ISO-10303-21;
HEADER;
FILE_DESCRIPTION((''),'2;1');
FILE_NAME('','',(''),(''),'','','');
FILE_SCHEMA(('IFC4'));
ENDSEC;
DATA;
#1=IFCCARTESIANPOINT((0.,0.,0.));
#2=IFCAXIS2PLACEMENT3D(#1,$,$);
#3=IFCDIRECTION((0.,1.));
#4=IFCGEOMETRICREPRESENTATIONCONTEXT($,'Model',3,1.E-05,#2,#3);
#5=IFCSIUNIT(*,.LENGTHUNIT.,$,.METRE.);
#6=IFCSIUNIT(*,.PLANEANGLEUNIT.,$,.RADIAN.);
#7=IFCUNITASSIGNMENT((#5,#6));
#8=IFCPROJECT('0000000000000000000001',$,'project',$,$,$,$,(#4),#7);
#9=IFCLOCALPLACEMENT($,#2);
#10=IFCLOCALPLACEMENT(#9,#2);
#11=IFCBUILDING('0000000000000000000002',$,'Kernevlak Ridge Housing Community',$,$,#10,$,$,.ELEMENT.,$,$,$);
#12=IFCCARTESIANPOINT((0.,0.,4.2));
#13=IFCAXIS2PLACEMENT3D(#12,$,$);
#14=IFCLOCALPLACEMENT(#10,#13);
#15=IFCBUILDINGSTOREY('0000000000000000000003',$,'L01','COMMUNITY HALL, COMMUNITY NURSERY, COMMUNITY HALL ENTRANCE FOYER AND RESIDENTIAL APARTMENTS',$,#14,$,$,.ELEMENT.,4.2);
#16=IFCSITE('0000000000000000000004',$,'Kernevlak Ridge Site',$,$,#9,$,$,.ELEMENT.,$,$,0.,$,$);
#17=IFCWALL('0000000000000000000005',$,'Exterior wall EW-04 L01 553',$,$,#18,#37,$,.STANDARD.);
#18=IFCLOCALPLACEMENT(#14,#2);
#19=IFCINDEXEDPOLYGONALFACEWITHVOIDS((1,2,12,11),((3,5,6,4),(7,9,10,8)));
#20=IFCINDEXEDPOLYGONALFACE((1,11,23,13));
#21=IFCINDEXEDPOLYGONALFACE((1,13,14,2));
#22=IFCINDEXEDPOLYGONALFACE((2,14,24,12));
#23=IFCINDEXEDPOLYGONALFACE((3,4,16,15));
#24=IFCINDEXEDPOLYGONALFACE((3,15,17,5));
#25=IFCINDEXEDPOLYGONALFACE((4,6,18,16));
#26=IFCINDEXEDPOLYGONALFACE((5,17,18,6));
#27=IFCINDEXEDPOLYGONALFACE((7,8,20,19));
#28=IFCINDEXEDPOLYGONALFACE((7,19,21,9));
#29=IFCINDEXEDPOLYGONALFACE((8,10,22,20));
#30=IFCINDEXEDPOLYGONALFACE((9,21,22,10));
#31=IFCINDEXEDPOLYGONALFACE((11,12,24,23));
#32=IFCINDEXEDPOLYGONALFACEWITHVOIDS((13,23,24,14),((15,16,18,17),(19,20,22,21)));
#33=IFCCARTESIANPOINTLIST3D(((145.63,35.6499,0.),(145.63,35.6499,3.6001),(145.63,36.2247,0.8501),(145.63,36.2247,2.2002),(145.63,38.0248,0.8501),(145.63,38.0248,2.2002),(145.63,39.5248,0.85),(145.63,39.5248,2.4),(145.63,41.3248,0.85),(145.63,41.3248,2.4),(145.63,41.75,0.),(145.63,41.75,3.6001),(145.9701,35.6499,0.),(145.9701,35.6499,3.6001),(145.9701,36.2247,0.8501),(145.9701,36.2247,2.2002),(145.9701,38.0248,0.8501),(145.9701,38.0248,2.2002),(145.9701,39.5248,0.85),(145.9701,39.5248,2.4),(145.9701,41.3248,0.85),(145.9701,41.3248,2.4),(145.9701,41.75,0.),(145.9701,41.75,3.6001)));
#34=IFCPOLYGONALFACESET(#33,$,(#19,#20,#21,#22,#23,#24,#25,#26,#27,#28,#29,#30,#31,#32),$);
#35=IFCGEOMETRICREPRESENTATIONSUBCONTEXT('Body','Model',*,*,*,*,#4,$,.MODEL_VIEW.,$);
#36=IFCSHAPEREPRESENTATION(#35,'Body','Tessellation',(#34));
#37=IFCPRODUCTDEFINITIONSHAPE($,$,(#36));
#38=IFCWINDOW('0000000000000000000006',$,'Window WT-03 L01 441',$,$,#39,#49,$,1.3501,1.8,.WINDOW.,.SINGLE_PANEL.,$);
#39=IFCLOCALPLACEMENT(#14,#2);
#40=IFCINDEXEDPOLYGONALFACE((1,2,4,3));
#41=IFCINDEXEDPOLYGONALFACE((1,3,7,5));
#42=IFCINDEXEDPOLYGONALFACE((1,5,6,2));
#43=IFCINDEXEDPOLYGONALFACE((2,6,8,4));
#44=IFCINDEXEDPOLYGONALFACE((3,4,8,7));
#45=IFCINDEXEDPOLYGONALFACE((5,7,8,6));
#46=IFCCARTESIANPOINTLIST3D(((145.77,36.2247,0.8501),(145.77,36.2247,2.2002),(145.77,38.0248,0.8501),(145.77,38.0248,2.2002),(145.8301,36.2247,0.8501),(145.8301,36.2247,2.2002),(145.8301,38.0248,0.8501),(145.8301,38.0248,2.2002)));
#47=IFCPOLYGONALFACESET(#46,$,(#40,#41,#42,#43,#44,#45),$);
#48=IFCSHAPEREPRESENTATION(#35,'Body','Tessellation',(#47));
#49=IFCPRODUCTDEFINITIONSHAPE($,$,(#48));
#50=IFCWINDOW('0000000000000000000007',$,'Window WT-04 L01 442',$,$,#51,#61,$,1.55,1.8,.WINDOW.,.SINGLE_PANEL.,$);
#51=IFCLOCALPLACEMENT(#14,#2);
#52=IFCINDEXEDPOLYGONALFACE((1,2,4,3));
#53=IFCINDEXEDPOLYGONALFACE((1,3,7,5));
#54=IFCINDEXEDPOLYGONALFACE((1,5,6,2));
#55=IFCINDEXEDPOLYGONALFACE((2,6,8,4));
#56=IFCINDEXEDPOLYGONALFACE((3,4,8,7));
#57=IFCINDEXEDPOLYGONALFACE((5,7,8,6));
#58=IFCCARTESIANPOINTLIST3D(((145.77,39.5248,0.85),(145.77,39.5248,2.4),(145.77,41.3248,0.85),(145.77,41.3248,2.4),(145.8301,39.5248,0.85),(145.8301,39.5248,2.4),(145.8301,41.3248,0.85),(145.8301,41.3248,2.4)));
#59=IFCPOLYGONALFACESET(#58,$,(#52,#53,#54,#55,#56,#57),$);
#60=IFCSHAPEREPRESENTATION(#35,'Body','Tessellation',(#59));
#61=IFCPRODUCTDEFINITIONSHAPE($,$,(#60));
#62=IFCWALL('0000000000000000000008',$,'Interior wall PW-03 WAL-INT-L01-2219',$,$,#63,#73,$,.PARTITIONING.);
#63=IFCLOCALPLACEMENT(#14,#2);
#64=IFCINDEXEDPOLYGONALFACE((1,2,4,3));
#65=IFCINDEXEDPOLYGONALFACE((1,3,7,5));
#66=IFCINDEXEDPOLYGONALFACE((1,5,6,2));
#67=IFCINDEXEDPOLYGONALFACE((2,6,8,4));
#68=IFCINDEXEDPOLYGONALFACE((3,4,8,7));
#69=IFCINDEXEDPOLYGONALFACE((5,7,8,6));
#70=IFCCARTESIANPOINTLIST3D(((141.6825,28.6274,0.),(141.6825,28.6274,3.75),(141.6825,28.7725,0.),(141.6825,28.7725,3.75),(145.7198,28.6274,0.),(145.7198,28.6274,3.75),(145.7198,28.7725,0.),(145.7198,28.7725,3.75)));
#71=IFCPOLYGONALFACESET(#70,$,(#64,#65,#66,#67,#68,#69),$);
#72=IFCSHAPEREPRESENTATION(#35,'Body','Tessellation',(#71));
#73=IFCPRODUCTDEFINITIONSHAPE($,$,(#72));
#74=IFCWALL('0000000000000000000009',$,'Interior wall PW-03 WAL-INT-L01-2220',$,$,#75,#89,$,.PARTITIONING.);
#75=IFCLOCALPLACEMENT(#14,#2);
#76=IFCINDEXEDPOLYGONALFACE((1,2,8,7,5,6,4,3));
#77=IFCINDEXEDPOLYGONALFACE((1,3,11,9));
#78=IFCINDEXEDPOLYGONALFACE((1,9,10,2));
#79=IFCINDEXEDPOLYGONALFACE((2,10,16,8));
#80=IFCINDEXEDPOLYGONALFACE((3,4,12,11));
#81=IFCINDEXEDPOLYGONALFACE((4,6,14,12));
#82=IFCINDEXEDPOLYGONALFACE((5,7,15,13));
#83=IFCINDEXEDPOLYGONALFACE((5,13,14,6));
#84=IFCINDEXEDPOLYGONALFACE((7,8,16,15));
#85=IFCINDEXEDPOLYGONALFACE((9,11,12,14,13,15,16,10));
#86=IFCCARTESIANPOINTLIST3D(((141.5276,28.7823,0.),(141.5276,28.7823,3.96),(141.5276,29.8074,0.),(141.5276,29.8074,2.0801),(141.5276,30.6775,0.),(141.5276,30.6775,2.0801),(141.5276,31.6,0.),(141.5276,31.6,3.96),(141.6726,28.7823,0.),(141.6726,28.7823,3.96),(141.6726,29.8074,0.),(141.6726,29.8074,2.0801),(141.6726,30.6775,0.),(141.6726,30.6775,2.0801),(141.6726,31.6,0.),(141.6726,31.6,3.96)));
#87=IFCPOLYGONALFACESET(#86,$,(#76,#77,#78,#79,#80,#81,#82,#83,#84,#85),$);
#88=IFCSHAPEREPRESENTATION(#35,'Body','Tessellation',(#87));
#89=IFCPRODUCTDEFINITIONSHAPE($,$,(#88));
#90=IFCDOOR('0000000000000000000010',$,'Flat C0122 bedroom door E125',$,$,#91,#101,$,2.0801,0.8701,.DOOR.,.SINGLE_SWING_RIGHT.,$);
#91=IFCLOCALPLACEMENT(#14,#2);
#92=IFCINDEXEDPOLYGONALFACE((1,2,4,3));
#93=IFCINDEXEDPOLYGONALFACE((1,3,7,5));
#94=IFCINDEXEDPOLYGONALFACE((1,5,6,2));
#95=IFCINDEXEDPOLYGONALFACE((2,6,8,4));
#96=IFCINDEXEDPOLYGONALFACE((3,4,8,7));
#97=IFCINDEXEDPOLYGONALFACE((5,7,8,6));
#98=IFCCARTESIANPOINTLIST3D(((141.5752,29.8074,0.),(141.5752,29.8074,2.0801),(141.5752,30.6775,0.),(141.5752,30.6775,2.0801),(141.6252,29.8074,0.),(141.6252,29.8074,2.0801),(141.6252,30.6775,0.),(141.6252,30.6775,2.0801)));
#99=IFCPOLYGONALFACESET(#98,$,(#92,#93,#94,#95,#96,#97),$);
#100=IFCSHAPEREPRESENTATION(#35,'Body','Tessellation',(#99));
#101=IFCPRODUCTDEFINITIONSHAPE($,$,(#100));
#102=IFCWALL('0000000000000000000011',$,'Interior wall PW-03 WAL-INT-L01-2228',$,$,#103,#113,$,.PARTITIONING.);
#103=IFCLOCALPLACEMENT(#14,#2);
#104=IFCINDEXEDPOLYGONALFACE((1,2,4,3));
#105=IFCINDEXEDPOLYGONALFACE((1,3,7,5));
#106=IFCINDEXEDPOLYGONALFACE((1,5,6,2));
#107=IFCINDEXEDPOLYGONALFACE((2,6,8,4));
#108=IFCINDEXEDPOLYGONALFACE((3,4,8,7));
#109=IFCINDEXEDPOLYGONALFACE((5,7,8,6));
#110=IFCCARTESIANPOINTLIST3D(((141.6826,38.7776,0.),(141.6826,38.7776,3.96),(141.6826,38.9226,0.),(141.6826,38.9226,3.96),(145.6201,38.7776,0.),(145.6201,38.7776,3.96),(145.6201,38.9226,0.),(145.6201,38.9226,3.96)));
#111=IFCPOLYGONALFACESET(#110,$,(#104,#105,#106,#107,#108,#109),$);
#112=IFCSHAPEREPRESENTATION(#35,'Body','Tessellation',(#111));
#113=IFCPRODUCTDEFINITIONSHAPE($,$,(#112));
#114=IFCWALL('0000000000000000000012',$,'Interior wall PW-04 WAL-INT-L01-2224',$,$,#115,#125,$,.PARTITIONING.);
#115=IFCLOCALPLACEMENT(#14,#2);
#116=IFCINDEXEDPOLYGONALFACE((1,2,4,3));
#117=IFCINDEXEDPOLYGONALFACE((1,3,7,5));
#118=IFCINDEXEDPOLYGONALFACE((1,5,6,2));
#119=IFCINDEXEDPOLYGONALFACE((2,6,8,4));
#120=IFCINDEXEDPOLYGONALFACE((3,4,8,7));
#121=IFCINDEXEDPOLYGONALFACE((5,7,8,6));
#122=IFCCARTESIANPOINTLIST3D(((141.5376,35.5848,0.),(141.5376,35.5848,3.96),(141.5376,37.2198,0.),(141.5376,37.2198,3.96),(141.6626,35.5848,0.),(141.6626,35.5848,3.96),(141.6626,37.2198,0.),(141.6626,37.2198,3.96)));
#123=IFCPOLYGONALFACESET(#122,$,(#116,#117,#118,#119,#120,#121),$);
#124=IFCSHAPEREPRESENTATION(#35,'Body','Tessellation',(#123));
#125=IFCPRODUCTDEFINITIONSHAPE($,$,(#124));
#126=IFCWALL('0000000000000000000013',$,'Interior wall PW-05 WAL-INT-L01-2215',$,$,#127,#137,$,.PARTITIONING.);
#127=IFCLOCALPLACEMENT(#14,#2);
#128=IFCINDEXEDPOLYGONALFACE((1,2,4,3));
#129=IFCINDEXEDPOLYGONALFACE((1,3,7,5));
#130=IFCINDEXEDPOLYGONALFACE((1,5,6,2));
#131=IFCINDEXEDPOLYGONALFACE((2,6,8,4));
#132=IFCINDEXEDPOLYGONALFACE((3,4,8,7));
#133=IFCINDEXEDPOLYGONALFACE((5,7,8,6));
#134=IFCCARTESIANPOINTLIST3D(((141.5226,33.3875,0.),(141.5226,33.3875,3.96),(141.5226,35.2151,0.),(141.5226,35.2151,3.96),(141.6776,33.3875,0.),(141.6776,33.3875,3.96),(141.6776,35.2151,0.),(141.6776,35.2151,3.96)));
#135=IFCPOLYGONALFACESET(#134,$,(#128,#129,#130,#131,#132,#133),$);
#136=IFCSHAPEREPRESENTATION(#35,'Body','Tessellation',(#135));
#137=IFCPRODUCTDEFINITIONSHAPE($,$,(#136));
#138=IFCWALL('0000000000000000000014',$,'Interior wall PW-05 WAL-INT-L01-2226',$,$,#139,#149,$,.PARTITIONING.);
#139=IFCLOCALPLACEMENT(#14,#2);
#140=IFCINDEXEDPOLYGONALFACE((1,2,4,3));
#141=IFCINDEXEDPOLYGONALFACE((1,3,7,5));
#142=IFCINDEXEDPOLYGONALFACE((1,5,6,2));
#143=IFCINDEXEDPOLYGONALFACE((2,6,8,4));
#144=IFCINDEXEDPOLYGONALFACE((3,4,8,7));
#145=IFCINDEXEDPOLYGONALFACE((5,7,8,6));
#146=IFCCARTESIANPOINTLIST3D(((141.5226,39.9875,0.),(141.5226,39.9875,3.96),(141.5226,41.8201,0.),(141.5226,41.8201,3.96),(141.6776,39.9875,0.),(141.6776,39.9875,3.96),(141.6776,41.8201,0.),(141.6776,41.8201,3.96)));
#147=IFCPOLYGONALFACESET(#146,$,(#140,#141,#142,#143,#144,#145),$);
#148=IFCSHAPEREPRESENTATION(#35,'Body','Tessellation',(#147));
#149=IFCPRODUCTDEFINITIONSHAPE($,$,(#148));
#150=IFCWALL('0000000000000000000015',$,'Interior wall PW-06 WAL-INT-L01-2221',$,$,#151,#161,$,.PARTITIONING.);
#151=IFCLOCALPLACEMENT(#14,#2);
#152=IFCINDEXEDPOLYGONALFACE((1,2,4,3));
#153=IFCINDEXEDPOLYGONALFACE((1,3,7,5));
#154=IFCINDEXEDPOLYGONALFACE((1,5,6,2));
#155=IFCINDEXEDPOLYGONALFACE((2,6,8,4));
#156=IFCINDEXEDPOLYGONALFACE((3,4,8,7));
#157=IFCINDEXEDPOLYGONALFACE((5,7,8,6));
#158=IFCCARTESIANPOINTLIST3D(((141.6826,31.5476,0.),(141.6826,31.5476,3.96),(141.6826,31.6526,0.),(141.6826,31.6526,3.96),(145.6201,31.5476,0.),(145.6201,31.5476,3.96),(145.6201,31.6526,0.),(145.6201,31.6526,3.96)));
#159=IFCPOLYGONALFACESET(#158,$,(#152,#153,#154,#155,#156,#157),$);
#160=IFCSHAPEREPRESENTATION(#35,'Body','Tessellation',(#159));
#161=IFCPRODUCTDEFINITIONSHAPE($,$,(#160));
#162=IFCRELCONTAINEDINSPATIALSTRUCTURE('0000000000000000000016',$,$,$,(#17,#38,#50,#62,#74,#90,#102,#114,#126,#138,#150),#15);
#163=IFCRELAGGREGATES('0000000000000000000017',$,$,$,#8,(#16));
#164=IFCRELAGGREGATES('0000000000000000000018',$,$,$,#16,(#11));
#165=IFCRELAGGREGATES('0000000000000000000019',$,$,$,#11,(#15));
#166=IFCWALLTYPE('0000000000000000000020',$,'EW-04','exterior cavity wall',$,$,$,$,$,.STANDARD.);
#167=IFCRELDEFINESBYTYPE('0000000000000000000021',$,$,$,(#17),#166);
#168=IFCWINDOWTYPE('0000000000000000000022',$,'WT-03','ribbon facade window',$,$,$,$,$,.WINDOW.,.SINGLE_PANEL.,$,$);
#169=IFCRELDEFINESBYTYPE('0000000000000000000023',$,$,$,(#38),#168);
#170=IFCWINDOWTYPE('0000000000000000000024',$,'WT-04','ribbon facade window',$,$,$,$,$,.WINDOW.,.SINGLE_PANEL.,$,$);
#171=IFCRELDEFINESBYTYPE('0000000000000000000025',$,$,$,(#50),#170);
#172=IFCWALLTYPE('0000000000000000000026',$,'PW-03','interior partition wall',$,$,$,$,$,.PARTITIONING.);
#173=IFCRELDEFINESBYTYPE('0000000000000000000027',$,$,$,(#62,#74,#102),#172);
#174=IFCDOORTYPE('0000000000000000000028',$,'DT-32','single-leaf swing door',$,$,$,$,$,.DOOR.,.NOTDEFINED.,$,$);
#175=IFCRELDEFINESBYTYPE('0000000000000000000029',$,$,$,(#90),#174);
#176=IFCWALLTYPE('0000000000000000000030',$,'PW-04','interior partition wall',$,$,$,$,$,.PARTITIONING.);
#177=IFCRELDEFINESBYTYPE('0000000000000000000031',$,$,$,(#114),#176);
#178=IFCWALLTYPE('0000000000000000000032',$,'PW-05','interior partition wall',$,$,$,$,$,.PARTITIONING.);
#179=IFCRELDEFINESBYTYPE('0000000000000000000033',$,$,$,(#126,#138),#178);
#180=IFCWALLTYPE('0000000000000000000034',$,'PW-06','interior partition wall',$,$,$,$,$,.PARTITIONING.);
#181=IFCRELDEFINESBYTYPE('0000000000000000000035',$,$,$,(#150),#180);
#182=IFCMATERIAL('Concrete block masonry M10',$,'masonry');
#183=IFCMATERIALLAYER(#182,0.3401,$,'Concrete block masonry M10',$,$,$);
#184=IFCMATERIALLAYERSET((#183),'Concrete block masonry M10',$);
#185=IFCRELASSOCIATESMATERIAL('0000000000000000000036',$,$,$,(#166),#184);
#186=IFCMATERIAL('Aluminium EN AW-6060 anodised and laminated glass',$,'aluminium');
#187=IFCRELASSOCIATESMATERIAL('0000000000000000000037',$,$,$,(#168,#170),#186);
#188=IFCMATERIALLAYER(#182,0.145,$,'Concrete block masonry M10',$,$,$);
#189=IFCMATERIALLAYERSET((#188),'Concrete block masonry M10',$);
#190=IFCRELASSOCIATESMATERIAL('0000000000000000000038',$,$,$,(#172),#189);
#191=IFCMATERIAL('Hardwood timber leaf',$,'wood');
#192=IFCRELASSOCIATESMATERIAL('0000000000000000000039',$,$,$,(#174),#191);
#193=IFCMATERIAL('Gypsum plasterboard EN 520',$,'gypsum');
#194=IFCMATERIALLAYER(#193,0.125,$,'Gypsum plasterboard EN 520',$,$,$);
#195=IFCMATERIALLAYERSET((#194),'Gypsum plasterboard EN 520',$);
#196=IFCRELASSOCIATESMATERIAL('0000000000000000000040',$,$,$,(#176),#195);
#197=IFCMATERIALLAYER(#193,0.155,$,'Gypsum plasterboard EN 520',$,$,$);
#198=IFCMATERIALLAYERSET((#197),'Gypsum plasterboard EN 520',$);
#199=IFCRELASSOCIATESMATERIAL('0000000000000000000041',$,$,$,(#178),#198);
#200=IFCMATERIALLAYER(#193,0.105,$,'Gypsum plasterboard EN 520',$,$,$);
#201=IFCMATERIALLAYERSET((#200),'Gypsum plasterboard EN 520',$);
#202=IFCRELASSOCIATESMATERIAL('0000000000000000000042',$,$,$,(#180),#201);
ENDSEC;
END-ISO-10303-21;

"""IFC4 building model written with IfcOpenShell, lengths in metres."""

from ifc_helpers import new_model, si_unit, direction, frame, frame_2d, origin, place, context, subcontext, project, spatial, rectangle, extrude, material, layer, layer_set, type_object, element, fill, save


model = new_model("IFC4")

# Units and contexts
model_context = context("Model", 3, precision=1e-05, world=origin(), true_north=direction((0.0, 1.0)))
body_context = subcontext(model_context, "Body", "Model", "MODEL_VIEW")
ifc_project = project(units=[si_unit("LENGTHUNIT", "METRE"), si_unit("PLANEANGLEUNIT", "RADIAN")], contexts=[model_context])

# Site, building, storey
site_placement = place(None, origin())
site = spatial("IfcSite", under=ifc_project, at=site_placement, Name="Kernevlak Ridge Site", CompositionType="ELEMENT", RefElevation=0.0)
building_placement = place(site_placement, origin())
building = spatial("IfcBuilding", under=site, at=building_placement, Name="Kernevlak Ridge Housing Community", CompositionType="ELEMENT")
storey_placement = place(building_placement, frame((0.0, 0.0, 4.2)))
storey = spatial("IfcBuildingStorey", under=building, at=storey_placement, Name="L01", Description="COMMUNITY HALL, COMMUNITY NURSERY, COMMUNITY HALL ENTRANCE FOYER AND RESIDENTIAL APARTMENTS", CompositionType="ELEMENT", Elevation=4.2)

# Wall, openings, windows
ifc_material_1 = material(Name="Concrete block masonry M10", Category="masonry")
ifc_layer_1 = layer(ifc_material_1, 0.3401, Name="Concrete block masonry M10")
ifc_layer_set_1 = layer_set([ifc_layer_1], Name="Concrete block masonry M10")
wall_type_1 = type_object("IfcWallType", Name="EW-04", Description="exterior cavity wall", PredefinedType="STANDARD", material=ifc_layer_set_1)
ifc_material_2 = material(Name="Aluminium EN AW-6060 anodised and laminated glass", Category="aluminium")
wall_1_placement = place(storey_placement, frame((145.8, 35.6499, 0.0), z_axis=(0.0, 0.0, 1.0), x_axis=(0.0, 1.0, 0.0)))
wall_1 = element("IfcWall", 1, at=wall_1_placement, inside=storey, type_object=wall_type_1, Name="Exterior wall EW-04 L01 553", PredefinedType="STANDARD", context=body_context, shape_type="SweptSolid", body=[
    extrude(rectangle(XDim=6.1001, YDim=0.3401, at=frame_2d((3.05, 0.0))), origin(), (0.0, 0.0, 1.0), 3.6001),
])
opening_1_placement = place(wall_1_placement, frame((0.575, 0.0, 0.8501)))
opening_1 = element("IfcOpeningElement", 2, at=opening_1_placement, cuts=wall_1, PredefinedType="OPENING", context=body_context, shape_type="SweptSolid", body=[
    extrude(rectangle(XDim=1.8, YDim=1.3501, at=frame_2d((0.8999, 0.675))), frame((0.0, 0.1799, 0.0), z_axis=(0.0, -1.0, 0.0), x_axis=(1.0, 0.0, 0.0)), (0.0, 0.0, 1.0), 0.3601),
])
opening_2_placement = place(wall_1_placement, frame((3.875, 0.0, 0.8501)))
opening_2 = element("IfcOpeningElement", 3, at=opening_2_placement, cuts=wall_1, PredefinedType="OPENING", context=body_context, shape_type="SweptSolid", body=[
    extrude(rectangle(XDim=1.8, YDim=1.55, at=frame_2d((0.8999, 0.7749))), frame((0.0, 0.1799, 0.0), z_axis=(0.0, -1.0, 0.0), x_axis=(1.0, 0.0, 0.0)), (0.0, 0.0, 1.0), 0.3601),
])
window_type_1 = type_object("IfcWindowType", Name="WT-03", Description="ribbon facade window", PartitioningType="SINGLE_PANEL", PredefinedType="WINDOW", material=ifc_material_2)
window_1_placement = place(opening_1_placement, origin())
window_1 = element("IfcWindow", 4, at=window_1_placement, inside=storey, type_object=window_type_1, Name="Window WT-03 L01 441", OverallHeight=1.3501, OverallWidth=1.8, PartitioningType="SINGLE_PANEL", PredefinedType="WINDOW", context=body_context, shape_type="SweptSolid", body=[
    extrude(rectangle(XDim=1.8, YDim=1.3501, at=frame_2d((0.8999, 0.675))), frame((0.0, 0.03, 0.0), z_axis=(0.0, -1.0, 0.0), x_axis=(1.0, 0.0, 0.0)), (0.0, 0.0, 1.0), 0.0601),
])
fill(opening_1, window_1)
window_type_2 = type_object("IfcWindowType", Name="WT-04", Description="ribbon facade window", PartitioningType="SINGLE_PANEL", PredefinedType="WINDOW", material=ifc_material_2)
window_2_placement = place(opening_2_placement, origin())
window_2 = element("IfcWindow", 5, at=window_2_placement, inside=storey, type_object=window_type_2, Name="Window WT-04 L01 442", OverallHeight=1.55, OverallWidth=1.8, PartitioningType="SINGLE_PANEL", PredefinedType="WINDOW", context=body_context, shape_type="SweptSolid", body=[
    extrude(rectangle(XDim=1.8, YDim=1.55, at=frame_2d((0.8999, 0.7749))), frame((0.0, 0.03, 0.0), z_axis=(0.0, -1.0, 0.0), x_axis=(1.0, 0.0, 0.0)), (0.0, 0.0, 1.0), 0.0601),
])
fill(opening_2, window_2)

# Wall
ifc_layer_2 = layer(ifc_material_1, 0.145, Name="Concrete block masonry M10")
ifc_layer_set_2 = layer_set([ifc_layer_2], Name="Concrete block masonry M10")
wall_type_2 = type_object("IfcWallType", Name="PW-03", Description="interior partition wall", PredefinedType="PARTITIONING", material=ifc_layer_set_2)
wall_2_placement = place(storey_placement, frame((141.6826, 28.7, 0.0), z_axis=(0.0, 0.0, 1.0), x_axis=(1.0, 0.0, 0.0)))
element("IfcWall", 6, at=wall_2_placement, inside=storey, type_object=wall_type_2, Name="Interior wall PW-03 WAL-INT-L01-2219", PredefinedType="PARTITIONING", context=body_context, shape_type="SweptSolid", body=[
    extrude(rectangle(XDim=4.0374, YDim=0.145, at=frame_2d((2.0186, 0.0))), origin(), (0.0, 0.0, 1.0), 3.75),
])

# Wall, opening, door
wall_3_placement = place(storey_placement, frame((141.6001, 28.7825, 0.0), z_axis=(0.0, 0.0, 1.0), x_axis=(0.0, 1.0, 0.0)))
wall_3 = element("IfcWall", 7, at=wall_3_placement, inside=storey, type_object=wall_type_2, Name="Interior wall PW-03 WAL-INT-L01-2220", PredefinedType="PARTITIONING", context=body_context, shape_type="SweptSolid", body=[
    extrude(rectangle(XDim=2.8176, YDim=0.145, at=frame_2d((1.4087, 0.0))), origin(), (0.0, 0.0, 1.0), 3.96),
])
opening_3_placement = place(wall_3_placement, frame((1.0249, 0.0, 0.0)))
opening_3 = element("IfcOpeningElement", 8, at=opening_3_placement, cuts=wall_3, PredefinedType="OPENING", context=body_context, shape_type="SweptSolid", body=[
    extrude(rectangle(XDim=0.8701, YDim=2.0801, at=frame_2d((0.4351, 1.04))), frame((0.0, 0.0825, 0.0), z_axis=(0.0, -1.0, 0.0), x_axis=(1.0, 0.0, 0.0)), (0.0, 0.0, 1.0), 0.165),
])
ifc_material_3 = material(Name="Hardwood timber leaf", Category="wood")
door_type_1 = type_object("IfcDoorType", Name="DT-32", Description="single-leaf swing door", OperationType="NOTDEFINED", PredefinedType="DOOR", material=ifc_material_3)
door_1_placement = place(opening_3_placement, origin())
door_1 = element("IfcDoor", 9, at=door_1_placement, inside=storey, type_object=door_type_1, Name="Flat C0122 bedroom door E125", OperationType="SINGLE_SWING_RIGHT", OverallHeight=2.0801, OverallWidth=0.8701, PredefinedType="DOOR", context=body_context, shape_type="SweptSolid", body=[
    extrude(rectangle(XDim=0.8701, YDim=2.0801, at=frame_2d((0.4351, 1.04))), frame((0.0, 0.0249, 0.0), z_axis=(0.0, -1.0, 0.0), x_axis=(1.0, 0.0, 0.0)), (0.0, 0.0, 1.0), 0.05),
])
fill(opening_3, door_1)

# Walls
wall_4_placement = place(storey_placement, frame((141.6826, 38.8501, 0.0), z_axis=(0.0, 0.0, 1.0), x_axis=(1.0, 0.0, 0.0)))
element("IfcWall", 10, at=wall_4_placement, inside=storey, type_object=wall_type_2, Name="Interior wall PW-03 WAL-INT-L01-2228", PredefinedType="PARTITIONING", context=body_context, shape_type="SweptSolid", body=[
    extrude(rectangle(XDim=3.9375, YDim=0.145, at=frame_2d((1.9688, 0.0))), origin(), (0.0, 0.0, 1.0), 3.96),
])
ifc_material_4 = material(Name="Gypsum plasterboard EN 520", Category="gypsum")
ifc_layer_3 = layer(ifc_material_4, 0.125, Name="Gypsum plasterboard EN 520")
ifc_layer_set_3 = layer_set([ifc_layer_3], Name="Gypsum plasterboard EN 520")
wall_type_3 = type_object("IfcWallType", Name="PW-04", Description="interior partition wall", PredefinedType="PARTITIONING", material=ifc_layer_set_3)
wall_5_placement = place(storey_placement, frame((141.6001, 35.585, 0.0), z_axis=(0.0, 0.0, 1.0), x_axis=(0.0, 1.0, 0.0)))
element("IfcWall", 11, at=wall_5_placement, inside=storey, type_object=wall_type_3, Name="Interior wall PW-04 WAL-INT-L01-2224", PredefinedType="PARTITIONING", context=body_context, shape_type="SweptSolid", body=[
    extrude(rectangle(XDim=1.635, YDim=0.125, at=frame_2d((0.8174, 0.0))), origin(), (0.0, 0.0, 1.0), 3.96),
])
ifc_layer_4 = layer(ifc_material_4, 0.155, Name="Gypsum plasterboard EN 520")
ifc_layer_set_4 = layer_set([ifc_layer_4], Name="Gypsum plasterboard EN 520")
wall_type_4 = type_object("IfcWallType", Name="PW-05", Description="interior partition wall", PredefinedType="PARTITIONING", material=ifc_layer_set_4)
wall_6_placement = place(storey_placement, frame((141.6001, 33.3875, 0.0), z_axis=(0.0, 0.0, 1.0), x_axis=(0.0, 1.0, 0.0)))
element("IfcWall", 12, at=wall_6_placement, inside=storey, type_object=wall_type_4, Name="Interior wall PW-05 WAL-INT-L01-2215", PredefinedType="PARTITIONING", context=body_context, shape_type="SweptSolid", body=[
    extrude(rectangle(XDim=1.8276, YDim=0.155, at=frame_2d((0.9138, 0.0))), origin(), (0.0, 0.0, 1.0), 3.96),
])
wall_7_placement = place(storey_placement, frame((141.6001, 39.9875, 0.0), z_axis=(0.0, 0.0, 1.0), x_axis=(0.0, 1.0, 0.0)))
element("IfcWall", 13, at=wall_7_placement, inside=storey, type_object=wall_type_4, Name="Interior wall PW-05 WAL-INT-L01-2226", PredefinedType="PARTITIONING", context=body_context, shape_type="SweptSolid", body=[
    extrude(rectangle(XDim=1.8325, YDim=0.155, at=frame_2d((0.9163, 0.0))), origin(), (0.0, 0.0, 1.0), 3.96),
])
ifc_layer_5 = layer(ifc_material_4, 0.105, Name="Gypsum plasterboard EN 520")
ifc_layer_set_5 = layer_set([ifc_layer_5], Name="Gypsum plasterboard EN 520")
wall_type_5 = type_object("IfcWallType", Name="PW-06", Description="interior partition wall", PredefinedType="PARTITIONING", material=ifc_layer_set_5)
wall_8_placement = place(storey_placement, frame((141.6826, 31.6001, 0.0), z_axis=(0.0, 0.0, 1.0), x_axis=(1.0, 0.0, 0.0)))
element("IfcWall", 14, at=wall_8_placement, inside=storey, type_object=wall_type_5, Name="Interior wall PW-06 WAL-INT-L01-2221", PredefinedType="PARTITIONING", context=body_context, shape_type="SweptSolid", body=[
    extrude(rectangle(XDim=3.9375, YDim=0.105, at=frame_2d((1.9688, 0.0))), origin(), (0.0, 0.0, 1.0), 3.96),
])

save(model, "model.ifc")
